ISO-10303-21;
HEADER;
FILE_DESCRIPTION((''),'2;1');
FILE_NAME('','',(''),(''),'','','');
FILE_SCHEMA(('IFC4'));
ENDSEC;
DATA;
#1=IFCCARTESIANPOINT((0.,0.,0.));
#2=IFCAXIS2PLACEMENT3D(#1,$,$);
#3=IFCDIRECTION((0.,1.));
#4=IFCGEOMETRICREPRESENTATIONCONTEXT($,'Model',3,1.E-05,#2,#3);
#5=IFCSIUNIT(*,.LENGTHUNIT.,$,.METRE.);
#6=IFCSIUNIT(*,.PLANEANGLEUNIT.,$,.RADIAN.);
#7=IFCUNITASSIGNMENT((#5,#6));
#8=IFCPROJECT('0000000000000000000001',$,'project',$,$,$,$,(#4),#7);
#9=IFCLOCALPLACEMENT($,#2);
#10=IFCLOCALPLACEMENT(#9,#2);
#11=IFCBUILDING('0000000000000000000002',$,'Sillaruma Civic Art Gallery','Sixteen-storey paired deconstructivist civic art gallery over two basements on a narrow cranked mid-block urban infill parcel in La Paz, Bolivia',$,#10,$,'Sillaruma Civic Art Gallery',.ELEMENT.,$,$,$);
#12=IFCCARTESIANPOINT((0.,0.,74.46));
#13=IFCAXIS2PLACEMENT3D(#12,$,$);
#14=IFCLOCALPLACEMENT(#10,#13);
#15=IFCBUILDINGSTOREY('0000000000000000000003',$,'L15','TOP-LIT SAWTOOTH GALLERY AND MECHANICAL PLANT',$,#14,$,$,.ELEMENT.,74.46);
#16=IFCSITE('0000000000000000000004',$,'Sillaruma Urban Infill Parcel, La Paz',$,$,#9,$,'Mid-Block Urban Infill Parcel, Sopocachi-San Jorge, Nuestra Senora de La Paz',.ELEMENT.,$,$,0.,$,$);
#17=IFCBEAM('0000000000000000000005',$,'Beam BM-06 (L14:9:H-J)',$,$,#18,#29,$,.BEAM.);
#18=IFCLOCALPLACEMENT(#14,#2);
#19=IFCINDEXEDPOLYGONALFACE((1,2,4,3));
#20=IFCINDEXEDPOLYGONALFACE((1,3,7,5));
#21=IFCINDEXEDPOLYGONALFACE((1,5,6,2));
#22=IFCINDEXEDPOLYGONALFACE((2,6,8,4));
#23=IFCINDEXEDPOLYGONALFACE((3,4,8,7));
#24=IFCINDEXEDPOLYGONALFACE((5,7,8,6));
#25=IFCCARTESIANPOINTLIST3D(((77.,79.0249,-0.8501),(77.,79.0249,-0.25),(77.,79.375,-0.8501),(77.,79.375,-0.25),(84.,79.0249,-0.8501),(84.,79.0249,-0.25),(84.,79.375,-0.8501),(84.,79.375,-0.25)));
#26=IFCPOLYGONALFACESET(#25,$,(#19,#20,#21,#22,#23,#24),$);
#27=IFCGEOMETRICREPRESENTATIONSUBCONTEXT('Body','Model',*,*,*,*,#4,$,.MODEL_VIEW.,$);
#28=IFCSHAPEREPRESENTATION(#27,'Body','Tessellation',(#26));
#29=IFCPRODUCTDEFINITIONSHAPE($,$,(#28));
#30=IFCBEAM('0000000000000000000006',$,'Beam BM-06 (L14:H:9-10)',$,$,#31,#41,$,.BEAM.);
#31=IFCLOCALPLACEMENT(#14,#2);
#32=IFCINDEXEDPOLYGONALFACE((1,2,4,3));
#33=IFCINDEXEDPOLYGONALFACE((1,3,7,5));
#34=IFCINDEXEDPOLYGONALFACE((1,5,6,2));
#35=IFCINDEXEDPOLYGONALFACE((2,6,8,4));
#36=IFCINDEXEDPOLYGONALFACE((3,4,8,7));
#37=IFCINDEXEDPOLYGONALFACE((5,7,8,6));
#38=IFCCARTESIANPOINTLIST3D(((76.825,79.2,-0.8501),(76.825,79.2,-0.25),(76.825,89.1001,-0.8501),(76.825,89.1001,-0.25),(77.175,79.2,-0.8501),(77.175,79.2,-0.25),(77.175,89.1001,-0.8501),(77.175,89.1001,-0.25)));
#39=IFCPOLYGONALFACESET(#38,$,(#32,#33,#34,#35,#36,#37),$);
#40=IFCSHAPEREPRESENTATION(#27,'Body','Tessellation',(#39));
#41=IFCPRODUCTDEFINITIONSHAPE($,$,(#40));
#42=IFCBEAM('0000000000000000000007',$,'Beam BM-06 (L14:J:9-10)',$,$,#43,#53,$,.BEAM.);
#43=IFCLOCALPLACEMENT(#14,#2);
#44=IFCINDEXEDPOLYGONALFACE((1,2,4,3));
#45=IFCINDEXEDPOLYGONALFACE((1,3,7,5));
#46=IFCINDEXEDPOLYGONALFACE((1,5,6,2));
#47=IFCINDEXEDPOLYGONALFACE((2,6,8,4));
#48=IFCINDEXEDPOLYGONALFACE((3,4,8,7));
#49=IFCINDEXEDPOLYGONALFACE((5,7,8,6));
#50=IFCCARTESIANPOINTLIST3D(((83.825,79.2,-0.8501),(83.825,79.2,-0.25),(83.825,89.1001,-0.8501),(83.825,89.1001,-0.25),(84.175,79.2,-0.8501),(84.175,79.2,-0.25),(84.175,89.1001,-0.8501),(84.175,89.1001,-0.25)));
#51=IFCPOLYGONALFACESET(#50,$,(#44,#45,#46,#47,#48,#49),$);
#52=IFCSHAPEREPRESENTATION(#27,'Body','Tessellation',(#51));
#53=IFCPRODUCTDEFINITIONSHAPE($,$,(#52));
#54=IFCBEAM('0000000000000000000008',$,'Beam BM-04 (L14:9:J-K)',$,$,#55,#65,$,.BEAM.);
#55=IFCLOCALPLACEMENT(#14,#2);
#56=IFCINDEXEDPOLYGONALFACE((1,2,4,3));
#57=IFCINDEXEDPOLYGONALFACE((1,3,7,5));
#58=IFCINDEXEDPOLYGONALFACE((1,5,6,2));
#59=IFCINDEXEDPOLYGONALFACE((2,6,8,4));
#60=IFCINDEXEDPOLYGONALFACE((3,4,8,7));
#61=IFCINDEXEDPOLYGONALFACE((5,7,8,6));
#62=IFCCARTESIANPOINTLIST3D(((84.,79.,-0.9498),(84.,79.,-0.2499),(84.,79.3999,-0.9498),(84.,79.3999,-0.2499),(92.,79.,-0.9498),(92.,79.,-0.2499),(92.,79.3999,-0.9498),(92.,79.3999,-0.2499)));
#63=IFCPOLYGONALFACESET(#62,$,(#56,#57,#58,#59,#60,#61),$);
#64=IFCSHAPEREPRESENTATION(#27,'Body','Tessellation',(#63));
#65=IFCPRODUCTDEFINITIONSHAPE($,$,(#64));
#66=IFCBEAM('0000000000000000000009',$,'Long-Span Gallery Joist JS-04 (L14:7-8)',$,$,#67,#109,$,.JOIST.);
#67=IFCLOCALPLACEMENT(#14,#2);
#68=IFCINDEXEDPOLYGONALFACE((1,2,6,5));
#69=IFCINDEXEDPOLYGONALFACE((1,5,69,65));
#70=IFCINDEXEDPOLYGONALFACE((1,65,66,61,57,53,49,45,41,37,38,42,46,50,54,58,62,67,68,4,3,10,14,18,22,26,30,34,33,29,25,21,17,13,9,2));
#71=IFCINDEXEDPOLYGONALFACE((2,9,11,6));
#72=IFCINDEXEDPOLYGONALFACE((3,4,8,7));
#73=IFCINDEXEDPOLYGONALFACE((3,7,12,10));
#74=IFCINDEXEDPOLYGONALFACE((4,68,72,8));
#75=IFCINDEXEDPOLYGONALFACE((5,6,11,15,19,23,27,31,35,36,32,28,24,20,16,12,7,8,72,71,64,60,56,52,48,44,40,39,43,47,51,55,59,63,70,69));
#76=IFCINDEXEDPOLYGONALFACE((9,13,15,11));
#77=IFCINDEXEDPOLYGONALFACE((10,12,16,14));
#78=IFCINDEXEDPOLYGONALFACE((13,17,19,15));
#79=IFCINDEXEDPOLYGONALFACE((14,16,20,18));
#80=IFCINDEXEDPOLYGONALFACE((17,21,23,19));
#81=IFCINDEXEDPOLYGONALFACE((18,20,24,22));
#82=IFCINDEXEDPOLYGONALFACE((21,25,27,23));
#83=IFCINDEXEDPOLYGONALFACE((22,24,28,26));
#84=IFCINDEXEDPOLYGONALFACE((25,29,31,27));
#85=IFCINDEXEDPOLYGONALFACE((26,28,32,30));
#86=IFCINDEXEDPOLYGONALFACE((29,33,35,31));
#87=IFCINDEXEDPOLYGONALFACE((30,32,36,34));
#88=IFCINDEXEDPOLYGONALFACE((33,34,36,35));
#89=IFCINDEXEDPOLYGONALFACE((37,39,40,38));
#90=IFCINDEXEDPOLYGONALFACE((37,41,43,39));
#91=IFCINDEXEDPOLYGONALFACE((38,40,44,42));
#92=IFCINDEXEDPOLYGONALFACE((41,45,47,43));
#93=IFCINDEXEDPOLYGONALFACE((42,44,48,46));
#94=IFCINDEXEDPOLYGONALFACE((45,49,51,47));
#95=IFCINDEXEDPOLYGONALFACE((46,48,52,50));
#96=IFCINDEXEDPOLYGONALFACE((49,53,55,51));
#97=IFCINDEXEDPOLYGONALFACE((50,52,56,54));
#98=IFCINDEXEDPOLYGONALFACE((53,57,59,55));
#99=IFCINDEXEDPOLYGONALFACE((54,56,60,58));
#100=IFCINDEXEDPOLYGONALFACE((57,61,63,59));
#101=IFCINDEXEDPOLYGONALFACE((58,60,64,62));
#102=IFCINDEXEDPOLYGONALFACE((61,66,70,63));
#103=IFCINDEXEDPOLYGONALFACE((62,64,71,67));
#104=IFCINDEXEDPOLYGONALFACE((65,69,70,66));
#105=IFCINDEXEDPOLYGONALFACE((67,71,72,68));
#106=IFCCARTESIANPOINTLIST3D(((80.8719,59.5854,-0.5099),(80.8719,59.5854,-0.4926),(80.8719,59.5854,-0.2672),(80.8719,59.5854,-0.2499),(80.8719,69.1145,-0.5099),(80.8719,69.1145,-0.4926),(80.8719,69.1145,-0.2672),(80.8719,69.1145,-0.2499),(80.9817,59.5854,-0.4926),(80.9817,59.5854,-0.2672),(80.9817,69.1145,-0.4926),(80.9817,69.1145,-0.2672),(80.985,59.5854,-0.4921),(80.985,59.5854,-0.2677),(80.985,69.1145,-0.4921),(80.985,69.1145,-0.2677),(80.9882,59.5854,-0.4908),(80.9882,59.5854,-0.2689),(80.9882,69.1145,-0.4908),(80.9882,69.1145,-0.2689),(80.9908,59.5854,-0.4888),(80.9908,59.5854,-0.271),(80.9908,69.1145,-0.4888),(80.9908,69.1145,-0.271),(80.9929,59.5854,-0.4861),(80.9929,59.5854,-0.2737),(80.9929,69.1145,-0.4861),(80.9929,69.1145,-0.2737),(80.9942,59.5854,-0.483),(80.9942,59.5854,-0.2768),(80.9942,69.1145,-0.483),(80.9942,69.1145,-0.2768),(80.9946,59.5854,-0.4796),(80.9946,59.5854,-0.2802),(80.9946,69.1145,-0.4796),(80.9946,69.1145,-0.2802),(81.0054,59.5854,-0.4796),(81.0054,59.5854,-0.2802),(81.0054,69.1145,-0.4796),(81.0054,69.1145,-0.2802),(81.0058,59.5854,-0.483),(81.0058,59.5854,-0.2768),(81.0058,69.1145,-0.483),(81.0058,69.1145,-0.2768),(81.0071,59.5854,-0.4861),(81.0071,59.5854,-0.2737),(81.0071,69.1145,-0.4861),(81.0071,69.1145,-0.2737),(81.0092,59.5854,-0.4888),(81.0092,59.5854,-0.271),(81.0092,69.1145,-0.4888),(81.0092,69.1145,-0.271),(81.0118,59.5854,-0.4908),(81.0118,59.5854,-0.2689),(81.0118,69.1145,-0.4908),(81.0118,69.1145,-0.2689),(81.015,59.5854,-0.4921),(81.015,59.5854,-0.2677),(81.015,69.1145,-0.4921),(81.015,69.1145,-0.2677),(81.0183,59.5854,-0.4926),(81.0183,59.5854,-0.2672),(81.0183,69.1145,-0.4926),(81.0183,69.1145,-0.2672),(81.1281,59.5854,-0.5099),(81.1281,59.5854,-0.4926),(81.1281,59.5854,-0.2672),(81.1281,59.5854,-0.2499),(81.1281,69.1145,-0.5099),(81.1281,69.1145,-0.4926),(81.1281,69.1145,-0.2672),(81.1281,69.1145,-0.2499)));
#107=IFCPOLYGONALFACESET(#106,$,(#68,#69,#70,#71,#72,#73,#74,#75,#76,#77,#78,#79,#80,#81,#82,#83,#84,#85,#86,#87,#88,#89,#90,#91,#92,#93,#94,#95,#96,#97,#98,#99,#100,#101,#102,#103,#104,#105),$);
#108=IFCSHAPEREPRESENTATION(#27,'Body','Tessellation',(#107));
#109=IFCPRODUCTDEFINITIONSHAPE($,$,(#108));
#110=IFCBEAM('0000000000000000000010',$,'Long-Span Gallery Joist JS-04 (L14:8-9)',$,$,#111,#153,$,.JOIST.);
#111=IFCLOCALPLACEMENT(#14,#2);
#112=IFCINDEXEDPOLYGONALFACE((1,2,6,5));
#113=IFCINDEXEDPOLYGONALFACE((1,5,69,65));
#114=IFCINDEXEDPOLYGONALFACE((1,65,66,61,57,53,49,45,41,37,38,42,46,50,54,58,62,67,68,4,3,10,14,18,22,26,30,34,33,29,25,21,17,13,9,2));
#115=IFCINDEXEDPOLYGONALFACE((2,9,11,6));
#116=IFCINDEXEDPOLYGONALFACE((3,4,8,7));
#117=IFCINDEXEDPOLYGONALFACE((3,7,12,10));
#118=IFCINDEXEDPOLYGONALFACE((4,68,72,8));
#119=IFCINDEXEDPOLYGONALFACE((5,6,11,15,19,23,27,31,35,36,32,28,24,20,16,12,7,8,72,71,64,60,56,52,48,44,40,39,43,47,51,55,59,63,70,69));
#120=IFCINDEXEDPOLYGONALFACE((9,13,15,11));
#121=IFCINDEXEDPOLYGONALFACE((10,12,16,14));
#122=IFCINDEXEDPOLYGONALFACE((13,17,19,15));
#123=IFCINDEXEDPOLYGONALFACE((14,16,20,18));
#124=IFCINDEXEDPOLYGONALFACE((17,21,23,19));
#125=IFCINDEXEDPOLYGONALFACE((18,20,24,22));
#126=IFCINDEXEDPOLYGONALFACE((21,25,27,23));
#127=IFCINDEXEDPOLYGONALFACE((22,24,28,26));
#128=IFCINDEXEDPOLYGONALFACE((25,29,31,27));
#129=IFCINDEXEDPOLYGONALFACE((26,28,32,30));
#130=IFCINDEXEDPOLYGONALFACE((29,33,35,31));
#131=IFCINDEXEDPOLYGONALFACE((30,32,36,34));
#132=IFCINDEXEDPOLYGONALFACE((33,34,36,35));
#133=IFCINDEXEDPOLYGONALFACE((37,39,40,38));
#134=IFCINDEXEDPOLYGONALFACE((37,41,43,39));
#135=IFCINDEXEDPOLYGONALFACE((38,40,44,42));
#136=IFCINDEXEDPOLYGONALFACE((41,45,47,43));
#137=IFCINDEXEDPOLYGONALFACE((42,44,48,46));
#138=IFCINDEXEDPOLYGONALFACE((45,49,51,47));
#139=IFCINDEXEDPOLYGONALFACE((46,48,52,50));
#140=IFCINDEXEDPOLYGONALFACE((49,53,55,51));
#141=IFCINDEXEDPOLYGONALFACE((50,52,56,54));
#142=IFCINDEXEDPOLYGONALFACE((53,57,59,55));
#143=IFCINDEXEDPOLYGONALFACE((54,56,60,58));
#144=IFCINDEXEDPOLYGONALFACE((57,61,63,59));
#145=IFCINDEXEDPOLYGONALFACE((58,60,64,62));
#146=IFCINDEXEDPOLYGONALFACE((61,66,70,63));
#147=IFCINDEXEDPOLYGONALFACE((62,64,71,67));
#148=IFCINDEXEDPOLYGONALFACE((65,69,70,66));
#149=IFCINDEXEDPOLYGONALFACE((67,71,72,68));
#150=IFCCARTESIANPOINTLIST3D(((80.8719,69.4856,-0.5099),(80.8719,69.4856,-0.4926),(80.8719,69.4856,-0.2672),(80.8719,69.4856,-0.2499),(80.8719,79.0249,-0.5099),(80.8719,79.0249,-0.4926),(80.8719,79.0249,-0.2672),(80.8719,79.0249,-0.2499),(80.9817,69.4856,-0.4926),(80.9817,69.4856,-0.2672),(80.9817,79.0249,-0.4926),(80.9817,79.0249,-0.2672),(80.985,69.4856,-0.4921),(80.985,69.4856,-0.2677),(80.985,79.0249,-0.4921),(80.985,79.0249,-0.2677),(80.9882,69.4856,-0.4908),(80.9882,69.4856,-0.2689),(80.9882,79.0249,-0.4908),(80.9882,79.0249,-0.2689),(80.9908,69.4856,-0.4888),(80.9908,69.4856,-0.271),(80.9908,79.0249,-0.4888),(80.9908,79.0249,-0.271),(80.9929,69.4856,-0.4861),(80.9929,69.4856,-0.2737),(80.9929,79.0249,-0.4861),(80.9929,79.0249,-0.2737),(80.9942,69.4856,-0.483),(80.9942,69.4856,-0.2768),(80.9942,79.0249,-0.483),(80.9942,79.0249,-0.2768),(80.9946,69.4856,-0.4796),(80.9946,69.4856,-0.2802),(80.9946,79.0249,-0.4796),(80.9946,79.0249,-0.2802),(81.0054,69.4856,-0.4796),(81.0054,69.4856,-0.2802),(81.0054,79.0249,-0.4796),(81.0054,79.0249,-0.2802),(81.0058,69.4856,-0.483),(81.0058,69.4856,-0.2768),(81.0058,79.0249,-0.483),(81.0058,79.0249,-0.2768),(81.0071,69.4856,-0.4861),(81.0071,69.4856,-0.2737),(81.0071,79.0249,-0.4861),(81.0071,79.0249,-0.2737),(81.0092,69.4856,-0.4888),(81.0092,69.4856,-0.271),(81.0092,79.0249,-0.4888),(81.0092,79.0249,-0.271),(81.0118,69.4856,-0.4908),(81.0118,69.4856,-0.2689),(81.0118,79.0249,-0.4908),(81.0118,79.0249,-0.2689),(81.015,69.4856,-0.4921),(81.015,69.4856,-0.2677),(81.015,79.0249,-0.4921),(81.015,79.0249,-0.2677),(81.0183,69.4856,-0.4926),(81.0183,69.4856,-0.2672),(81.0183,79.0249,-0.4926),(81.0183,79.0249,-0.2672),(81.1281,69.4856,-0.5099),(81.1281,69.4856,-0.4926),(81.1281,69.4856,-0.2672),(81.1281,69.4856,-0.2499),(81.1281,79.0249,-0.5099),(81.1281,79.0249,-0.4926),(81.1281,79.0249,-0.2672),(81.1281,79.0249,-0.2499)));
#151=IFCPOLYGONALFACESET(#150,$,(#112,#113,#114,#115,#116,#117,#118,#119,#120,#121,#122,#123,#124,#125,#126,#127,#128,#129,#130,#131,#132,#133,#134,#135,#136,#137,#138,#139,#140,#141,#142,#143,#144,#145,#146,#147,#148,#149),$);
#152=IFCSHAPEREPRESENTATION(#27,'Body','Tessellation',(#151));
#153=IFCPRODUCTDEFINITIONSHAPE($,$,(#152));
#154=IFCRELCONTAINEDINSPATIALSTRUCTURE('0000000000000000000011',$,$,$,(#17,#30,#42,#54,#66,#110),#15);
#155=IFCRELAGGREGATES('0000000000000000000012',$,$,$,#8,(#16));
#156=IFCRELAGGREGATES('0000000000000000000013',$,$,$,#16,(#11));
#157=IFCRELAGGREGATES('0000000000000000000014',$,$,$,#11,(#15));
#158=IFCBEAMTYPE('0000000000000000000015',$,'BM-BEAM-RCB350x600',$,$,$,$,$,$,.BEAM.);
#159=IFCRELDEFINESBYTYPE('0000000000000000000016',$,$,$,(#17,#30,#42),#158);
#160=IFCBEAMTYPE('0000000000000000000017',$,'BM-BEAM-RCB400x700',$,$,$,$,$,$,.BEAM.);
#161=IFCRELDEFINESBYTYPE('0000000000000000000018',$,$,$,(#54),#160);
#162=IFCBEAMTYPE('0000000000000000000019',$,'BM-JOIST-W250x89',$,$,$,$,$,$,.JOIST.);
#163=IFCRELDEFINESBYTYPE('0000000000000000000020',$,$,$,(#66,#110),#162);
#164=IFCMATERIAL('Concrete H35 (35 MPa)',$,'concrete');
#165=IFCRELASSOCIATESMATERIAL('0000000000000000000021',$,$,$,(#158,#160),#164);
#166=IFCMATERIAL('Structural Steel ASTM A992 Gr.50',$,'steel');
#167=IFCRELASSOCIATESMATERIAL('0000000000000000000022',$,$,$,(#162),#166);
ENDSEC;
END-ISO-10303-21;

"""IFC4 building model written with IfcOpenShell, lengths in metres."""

from ifc_helpers import new_model, si_unit, direction, frame, origin, origin_2d, place, context, subcontext, project, spatial, rectangle, i_section, extrude, material, material_profile, profile_set, type_object, element, save


model = new_model("IFC4")

# Units and contexts
model_context = context("Model", 3, precision=1e-05, world=origin(), true_north=direction((0.0, 1.0)))
body_context = subcontext(model_context, "Body", "Model", "MODEL_VIEW")
ifc_project = project(units=[si_unit("LENGTHUNIT", "METRE"), si_unit("PLANEANGLEUNIT", "RADIAN")], contexts=[model_context])

# Site, building, storey
site_placement = place(None, origin())
site = spatial("IfcSite", under=ifc_project, at=site_placement, Name="Sillaruma Urban Infill Parcel, La Paz", LongName="Mid-Block Urban Infill Parcel, Sopocachi-San Jorge, Nuestra Senora de La Paz", CompositionType="ELEMENT", RefElevation=0.0)
building_placement = place(site_placement, origin())
building = spatial("IfcBuilding", under=site, at=building_placement, Name="Sillaruma Civic Art Gallery", Description="Sixteen-storey paired deconstructivist civic art gallery over two basements on a narrow cranked mid-block urban infill parcel in La Paz, Bolivia", LongName="Sillaruma Civic Art Gallery", CompositionType="ELEMENT")
storey_placement = place(building_placement, frame((0.0, 0.0, 74.46)))
storey = spatial("IfcBuildingStorey", under=building, at=storey_placement, Name="L15", Description="TOP-LIT SAWTOOTH GALLERY AND MECHANICAL PLANT", CompositionType="ELEMENT", Elevation=74.46)

# Beams
ifc_material_1 = material(Name="Concrete H35 (35 MPa)", Category="concrete")
ifc_material_profile_1 = material_profile(ifc_material_1, rectangle(XDim=0.3501, YDim=0.6001, at=origin_2d()), Name="RCB350x600")
ifc_profile_set_1 = profile_set([ifc_material_profile_1], Name="Concrete H35 (35 MPa)")
beam_type_1 = type_object("IfcBeamType", Name="BM-BEAM-RCB350x600", PredefinedType="BEAM", material=ifc_profile_set_1)
beam_1_placement = place(storey_placement, frame((77.0, 79.2, -0.55), z_axis=(1.0, 0.0, 0.0), x_axis=(0.0, 1.0, 0.0)))
element("IfcBeam", 1, at=beam_1_placement, inside=storey, type_object=beam_type_1, Name="Beam BM-06 (L14:9:H-J)", PredefinedType="BEAM", context=body_context, shape_type="SweptSolid", body=[
    extrude(rectangle(XDim=0.3501, YDim=0.6001, at=origin_2d()), origin(), (0.0, 0.0, 1.0), 7.0),
])
for number, where, z_axis, x_axis, name in (
    (2, (77.0, 79.2, -0.55), (0.0, 1.0, 0.0), (-1.0, 0.0, 0.0), "Beam BM-06 (L14:H:9-10)"),
    (3, (84.0, 79.2, -0.55), (0.0, 1.0, 0.0), (-1.0, 0.0, 0.0), "Beam BM-06 (L14:J:9-10)"),
):
    element("IfcBeam", number, at=place(storey_placement, frame(where, z_axis=z_axis, x_axis=x_axis)), inside=storey, type_object=beam_type_1, Name=name, PredefinedType="BEAM", context=body_context, shape_type="SweptSolid", body=[
        extrude(rectangle(XDim=0.3501, YDim=0.6001, at=origin_2d()), origin(), (0.0, 0.0, 1.0), 9.9001),
    ])
ifc_material_profile_2 = material_profile(ifc_material_1, rectangle(XDim=0.3999, YDim=0.7, at=origin_2d()), Name="RCB400x700")
ifc_profile_set_2 = profile_set([ifc_material_profile_2], Name="Concrete H35 (35 MPa)")
beam_type_2 = type_object("IfcBeamType", Name="BM-BEAM-RCB400x700", PredefinedType="BEAM", material=ifc_profile_set_2)
beam_2_placement = place(storey_placement, frame((84.0, 79.2, -0.5999), z_axis=(1.0, 0.0, 0.0), x_axis=(0.0, 1.0, 0.0)))
element("IfcBeam", 4, at=beam_2_placement, inside=storey, type_object=beam_type_2, Name="Beam BM-04 (L14:9:J-K)", PredefinedType="BEAM", context=body_context, shape_type="SweptSolid", body=[
    extrude(rectangle(XDim=0.3999, YDim=0.7, at=origin_2d()), origin(), (0.0, 0.0, 1.0), 8.0),
])
ifc_material_2 = material(Name="Structural Steel ASTM A992 Gr.50", Category="steel")
ifc_material_profile_3 = material_profile(ifc_material_2, i_section(OverallWidth=0.2561, OverallDepth=0.26, WebThickness=0.0107, FlangeThickness=0.0173, FilletRadius=0.0129, at=origin_2d()), Name="W250x89")
ifc_profile_set_3 = profile_set([ifc_material_profile_3], Name="Structural Steel ASTM A992 Gr.50")
beam_type_3 = type_object("IfcBeamType", Name="BM-JOIST-W250x89", PredefinedType="JOIST", material=ifc_profile_set_3)
beam_3_placement = place(storey_placement, frame((81.0, 59.5854, -0.3799), z_axis=(0.0, 1.0, 0.0), x_axis=(-1.0, 0.0, 0.0)))
element("IfcBeam", 5, at=beam_3_placement, inside=storey, type_object=beam_type_3, Name="Long-Span Gallery Joist JS-04 (L14:7-8)", PredefinedType="JOIST", context=body_context, shape_type="SweptSolid", body=[
    extrude(i_section(OverallWidth=0.2561, OverallDepth=0.26, WebThickness=0.0107, FlangeThickness=0.0173, FilletRadius=0.0129, at=origin_2d()), origin(), (0.0, 0.0, 1.0), 9.5291),
])
beam_4_placement = place(storey_placement, frame((81.0, 69.4856, -0.3799), z_axis=(0.0, 1.0, 0.0), x_axis=(-1.0, 0.0, 0.0)))
element("IfcBeam", 6, at=beam_4_placement, inside=storey, type_object=beam_type_3, Name="Long-Span Gallery Joist JS-04 (L14:8-9)", PredefinedType="JOIST", context=body_context, shape_type="SweptSolid", body=[
    extrude(i_section(OverallWidth=0.2561, OverallDepth=0.26, WebThickness=0.0107, FlangeThickness=0.0173, FilletRadius=0.0129, at=origin_2d()), origin(), (0.0, 0.0, 1.0), 9.5393),
])

save(model, "model.ifc")
